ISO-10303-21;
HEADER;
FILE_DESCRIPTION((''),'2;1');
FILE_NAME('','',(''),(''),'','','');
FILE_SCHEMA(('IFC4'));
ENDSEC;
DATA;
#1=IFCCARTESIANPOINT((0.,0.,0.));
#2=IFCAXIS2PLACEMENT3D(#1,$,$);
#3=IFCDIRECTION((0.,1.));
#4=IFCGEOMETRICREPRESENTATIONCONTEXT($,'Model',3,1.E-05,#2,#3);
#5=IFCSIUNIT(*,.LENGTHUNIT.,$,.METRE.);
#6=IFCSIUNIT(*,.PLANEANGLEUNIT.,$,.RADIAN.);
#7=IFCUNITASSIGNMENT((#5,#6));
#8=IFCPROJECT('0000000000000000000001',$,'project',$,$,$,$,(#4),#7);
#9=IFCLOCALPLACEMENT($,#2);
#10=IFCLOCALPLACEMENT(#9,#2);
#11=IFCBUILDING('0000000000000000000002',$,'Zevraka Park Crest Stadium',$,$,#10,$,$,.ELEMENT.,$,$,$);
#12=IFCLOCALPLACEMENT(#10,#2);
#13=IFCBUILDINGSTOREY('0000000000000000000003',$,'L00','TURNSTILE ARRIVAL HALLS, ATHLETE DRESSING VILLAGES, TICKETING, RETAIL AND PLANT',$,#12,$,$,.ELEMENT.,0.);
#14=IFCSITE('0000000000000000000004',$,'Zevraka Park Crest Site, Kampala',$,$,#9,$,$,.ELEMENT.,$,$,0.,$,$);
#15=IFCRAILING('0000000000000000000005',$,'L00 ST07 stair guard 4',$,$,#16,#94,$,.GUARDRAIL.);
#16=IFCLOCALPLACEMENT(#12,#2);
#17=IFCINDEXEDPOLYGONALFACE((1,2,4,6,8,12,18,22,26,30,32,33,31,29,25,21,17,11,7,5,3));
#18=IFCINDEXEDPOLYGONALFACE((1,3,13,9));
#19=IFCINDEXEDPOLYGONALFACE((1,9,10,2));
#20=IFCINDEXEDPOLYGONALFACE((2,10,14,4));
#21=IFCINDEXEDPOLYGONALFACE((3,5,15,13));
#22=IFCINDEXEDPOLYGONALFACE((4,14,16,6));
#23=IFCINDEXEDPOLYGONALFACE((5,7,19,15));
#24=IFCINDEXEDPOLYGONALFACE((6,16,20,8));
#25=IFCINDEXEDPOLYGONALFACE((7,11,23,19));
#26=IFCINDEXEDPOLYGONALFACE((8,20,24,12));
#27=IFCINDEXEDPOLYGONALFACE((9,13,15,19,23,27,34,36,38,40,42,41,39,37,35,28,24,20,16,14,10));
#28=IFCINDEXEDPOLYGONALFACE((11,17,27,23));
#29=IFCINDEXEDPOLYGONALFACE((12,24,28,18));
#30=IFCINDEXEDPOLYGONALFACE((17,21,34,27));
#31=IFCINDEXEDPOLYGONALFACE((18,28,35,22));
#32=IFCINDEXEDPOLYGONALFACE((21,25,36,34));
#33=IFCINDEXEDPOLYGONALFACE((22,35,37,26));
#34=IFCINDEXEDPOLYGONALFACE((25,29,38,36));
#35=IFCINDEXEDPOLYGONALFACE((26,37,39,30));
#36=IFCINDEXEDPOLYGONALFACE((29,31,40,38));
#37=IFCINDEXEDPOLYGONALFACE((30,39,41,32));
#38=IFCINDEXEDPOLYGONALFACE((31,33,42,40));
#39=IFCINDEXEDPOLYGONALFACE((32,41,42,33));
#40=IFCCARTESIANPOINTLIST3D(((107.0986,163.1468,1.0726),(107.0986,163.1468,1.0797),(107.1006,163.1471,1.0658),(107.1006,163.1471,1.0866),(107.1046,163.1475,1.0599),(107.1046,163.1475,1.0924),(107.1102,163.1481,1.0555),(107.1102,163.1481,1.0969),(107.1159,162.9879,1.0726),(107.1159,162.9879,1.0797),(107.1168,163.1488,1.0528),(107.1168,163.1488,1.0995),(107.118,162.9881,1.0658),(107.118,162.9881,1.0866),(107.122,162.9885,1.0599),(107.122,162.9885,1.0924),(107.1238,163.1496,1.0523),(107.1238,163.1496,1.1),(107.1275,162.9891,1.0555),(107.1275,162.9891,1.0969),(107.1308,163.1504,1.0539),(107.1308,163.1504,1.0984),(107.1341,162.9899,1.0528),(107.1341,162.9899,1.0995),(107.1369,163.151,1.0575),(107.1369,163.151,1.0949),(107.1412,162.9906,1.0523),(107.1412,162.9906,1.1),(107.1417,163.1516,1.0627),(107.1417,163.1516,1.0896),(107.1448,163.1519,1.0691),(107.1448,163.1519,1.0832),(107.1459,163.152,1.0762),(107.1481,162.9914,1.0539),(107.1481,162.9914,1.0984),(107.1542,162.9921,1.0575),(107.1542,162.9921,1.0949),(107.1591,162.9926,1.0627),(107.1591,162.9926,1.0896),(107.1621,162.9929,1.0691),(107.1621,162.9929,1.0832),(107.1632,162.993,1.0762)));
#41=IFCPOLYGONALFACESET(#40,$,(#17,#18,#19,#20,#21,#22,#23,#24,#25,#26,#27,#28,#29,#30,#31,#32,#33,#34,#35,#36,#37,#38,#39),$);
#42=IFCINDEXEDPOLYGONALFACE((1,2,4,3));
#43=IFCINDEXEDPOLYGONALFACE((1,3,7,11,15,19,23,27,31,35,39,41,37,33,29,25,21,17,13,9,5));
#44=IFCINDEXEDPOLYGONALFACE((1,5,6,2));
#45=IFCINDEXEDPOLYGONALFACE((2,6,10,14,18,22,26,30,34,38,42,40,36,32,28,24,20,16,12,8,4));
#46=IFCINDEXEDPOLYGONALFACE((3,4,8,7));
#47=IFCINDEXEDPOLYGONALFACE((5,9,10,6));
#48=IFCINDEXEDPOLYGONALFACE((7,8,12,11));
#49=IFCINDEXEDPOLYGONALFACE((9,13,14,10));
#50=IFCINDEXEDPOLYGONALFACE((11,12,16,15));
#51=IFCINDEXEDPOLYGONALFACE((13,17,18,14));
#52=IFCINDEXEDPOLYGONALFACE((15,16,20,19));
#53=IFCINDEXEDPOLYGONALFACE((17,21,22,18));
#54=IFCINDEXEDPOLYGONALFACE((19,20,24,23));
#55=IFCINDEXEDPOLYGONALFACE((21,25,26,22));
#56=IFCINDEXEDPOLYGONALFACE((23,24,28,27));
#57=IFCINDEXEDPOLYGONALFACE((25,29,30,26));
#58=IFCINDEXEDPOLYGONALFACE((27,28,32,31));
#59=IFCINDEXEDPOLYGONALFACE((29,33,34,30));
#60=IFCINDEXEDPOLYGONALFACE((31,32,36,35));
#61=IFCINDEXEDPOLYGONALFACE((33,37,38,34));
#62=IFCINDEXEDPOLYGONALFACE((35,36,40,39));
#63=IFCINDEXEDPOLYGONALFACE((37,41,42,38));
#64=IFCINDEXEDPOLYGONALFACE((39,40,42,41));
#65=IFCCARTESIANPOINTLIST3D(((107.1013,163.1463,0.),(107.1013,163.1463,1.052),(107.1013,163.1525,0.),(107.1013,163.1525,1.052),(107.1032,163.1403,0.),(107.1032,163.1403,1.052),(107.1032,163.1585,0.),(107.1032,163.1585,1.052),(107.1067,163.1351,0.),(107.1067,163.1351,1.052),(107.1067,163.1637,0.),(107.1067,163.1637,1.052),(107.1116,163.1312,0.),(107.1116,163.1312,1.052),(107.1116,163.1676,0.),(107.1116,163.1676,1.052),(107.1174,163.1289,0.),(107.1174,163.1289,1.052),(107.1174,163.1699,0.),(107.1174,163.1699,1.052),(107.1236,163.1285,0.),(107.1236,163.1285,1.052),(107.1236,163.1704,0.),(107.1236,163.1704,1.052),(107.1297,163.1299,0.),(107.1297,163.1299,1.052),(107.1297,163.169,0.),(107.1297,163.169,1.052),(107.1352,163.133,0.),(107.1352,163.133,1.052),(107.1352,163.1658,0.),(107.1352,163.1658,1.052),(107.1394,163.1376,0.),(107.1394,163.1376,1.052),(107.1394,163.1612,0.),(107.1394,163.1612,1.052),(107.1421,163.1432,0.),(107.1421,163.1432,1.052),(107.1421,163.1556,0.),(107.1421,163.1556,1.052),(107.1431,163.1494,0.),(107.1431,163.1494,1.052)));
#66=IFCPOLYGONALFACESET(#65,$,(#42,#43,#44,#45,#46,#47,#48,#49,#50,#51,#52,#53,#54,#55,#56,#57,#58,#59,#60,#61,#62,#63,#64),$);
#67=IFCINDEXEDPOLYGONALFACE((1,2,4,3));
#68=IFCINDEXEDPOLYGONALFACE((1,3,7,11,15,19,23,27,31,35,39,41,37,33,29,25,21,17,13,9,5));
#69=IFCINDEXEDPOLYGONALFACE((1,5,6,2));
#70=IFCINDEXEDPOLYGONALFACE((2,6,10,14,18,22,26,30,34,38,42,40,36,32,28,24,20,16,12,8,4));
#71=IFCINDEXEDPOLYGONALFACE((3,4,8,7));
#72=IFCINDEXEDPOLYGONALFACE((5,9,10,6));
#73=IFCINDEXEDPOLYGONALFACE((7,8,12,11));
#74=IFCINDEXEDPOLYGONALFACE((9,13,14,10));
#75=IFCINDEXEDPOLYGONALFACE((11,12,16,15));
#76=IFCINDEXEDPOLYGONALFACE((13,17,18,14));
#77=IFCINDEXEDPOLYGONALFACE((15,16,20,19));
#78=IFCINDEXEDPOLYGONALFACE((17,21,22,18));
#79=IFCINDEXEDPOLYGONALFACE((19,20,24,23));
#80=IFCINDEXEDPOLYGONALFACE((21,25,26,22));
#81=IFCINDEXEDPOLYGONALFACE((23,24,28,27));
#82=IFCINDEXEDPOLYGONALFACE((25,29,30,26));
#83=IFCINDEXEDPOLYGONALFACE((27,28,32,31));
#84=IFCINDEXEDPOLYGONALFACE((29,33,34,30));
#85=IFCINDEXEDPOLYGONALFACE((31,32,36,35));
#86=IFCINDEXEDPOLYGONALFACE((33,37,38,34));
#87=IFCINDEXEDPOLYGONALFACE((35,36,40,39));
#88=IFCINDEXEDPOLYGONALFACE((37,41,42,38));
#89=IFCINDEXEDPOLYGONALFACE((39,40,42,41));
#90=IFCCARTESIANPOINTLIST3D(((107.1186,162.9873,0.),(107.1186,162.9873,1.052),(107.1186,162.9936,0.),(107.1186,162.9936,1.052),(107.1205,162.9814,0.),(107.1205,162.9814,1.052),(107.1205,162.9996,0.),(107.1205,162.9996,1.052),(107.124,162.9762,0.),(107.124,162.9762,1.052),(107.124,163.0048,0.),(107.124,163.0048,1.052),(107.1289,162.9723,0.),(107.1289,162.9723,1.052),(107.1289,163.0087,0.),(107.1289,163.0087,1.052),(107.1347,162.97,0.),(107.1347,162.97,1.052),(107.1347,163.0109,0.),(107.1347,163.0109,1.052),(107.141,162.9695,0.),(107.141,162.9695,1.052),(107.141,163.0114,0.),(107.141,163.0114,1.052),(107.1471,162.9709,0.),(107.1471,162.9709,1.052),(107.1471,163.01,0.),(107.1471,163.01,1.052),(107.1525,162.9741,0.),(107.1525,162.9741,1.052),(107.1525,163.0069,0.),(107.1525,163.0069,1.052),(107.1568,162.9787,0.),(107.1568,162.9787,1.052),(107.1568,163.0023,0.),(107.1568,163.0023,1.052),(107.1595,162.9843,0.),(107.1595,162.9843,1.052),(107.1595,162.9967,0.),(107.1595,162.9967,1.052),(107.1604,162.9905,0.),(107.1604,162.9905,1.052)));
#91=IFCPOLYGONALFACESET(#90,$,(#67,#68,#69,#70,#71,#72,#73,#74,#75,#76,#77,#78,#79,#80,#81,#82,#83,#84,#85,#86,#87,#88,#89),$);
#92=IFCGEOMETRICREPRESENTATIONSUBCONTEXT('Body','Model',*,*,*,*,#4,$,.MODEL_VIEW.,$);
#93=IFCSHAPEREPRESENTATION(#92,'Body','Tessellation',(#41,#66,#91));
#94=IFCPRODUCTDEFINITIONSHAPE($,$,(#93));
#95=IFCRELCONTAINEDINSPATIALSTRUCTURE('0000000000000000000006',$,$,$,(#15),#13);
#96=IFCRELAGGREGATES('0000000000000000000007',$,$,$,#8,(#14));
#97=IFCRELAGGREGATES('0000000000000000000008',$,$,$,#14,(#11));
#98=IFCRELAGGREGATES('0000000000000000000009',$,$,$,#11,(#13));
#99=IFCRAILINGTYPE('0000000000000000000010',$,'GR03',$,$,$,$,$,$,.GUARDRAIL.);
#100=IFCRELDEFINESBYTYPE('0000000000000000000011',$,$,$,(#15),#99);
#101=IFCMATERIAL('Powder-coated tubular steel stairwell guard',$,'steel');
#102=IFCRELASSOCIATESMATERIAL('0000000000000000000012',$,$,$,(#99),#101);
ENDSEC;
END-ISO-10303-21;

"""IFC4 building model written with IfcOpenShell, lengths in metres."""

from ifc_helpers import new_model, si_unit, direction, frame, origin, origin_2d, place, context, subcontext, project, spatial, circle, extrude, material, type_object, element, save


model = new_model("IFC4")

# Units and contexts
model_context = context("Model", 3, precision=1e-05, world=origin(), true_north=direction((0.0, 1.0)))
body_context = subcontext(model_context, "Body", "Model", "MODEL_VIEW")
ifc_project = project(units=[si_unit("LENGTHUNIT", "METRE"), si_unit("PLANEANGLEUNIT", "RADIAN")], contexts=[model_context])

# Site, building, storey
site_placement = place(None, origin())
site = spatial("IfcSite", under=ifc_project, at=site_placement, Name="Zevraka Park Crest Site, Kampala", CompositionType="ELEMENT", RefElevation=0.0)
building_placement = place(site_placement, origin())
building = spatial("IfcBuilding", under=site, at=building_placement, Name="Zevraka Park Crest Stadium", CompositionType="ELEMENT")
storey_placement = place(building_placement, origin())
storey = spatial("IfcBuildingStorey", under=building, at=storey_placement, Name="L00", Description="TURNSTILE ARRIVAL HALLS, ATHLETE DRESSING VILLAGES, TICKETING, RETAIL AND PLANT", CompositionType="ELEMENT", Elevation=0.0)

# Railing
ifc_material_1 = material(Name="Powder-coated tubular steel stairwell guard", Category="steel")
railing_type_1 = type_object("IfcRailingType", Name="GR03", PredefinedType="GUARDRAIL", material=ifc_material_1)
railing_1_placement = place(storey_placement, frame((107.1221, 163.1494, 0.0)))
element("IfcRailing", 1, at=railing_1_placement, inside=storey, type_object=railing_type_1, Name="L00 ST07 stair guard 4", PredefinedType="GUARDRAIL", context=body_context, shape_type="SweptSolid", body=[
    extrude(circle(Radius=0.0239, at=origin_2d()), frame((0.0, 0.0, 1.0762), z_axis=(0.10842, -0.994105, 0.0), x_axis=(0.994105, 0.10842, 0.0)), (0.0, 0.0, 1.0), 0.1599),
    extrude(circle(Radius=0.021, at=origin_2d()), origin(), (0.0, 0.0, 1.0), 1.052),
    extrude(circle(Radius=0.021, at=origin_2d()), frame((0.0173, -0.1589, 0.0)), (0.0, 0.0, 1.0), 1.052),
])

save(model, "model.ifc")
